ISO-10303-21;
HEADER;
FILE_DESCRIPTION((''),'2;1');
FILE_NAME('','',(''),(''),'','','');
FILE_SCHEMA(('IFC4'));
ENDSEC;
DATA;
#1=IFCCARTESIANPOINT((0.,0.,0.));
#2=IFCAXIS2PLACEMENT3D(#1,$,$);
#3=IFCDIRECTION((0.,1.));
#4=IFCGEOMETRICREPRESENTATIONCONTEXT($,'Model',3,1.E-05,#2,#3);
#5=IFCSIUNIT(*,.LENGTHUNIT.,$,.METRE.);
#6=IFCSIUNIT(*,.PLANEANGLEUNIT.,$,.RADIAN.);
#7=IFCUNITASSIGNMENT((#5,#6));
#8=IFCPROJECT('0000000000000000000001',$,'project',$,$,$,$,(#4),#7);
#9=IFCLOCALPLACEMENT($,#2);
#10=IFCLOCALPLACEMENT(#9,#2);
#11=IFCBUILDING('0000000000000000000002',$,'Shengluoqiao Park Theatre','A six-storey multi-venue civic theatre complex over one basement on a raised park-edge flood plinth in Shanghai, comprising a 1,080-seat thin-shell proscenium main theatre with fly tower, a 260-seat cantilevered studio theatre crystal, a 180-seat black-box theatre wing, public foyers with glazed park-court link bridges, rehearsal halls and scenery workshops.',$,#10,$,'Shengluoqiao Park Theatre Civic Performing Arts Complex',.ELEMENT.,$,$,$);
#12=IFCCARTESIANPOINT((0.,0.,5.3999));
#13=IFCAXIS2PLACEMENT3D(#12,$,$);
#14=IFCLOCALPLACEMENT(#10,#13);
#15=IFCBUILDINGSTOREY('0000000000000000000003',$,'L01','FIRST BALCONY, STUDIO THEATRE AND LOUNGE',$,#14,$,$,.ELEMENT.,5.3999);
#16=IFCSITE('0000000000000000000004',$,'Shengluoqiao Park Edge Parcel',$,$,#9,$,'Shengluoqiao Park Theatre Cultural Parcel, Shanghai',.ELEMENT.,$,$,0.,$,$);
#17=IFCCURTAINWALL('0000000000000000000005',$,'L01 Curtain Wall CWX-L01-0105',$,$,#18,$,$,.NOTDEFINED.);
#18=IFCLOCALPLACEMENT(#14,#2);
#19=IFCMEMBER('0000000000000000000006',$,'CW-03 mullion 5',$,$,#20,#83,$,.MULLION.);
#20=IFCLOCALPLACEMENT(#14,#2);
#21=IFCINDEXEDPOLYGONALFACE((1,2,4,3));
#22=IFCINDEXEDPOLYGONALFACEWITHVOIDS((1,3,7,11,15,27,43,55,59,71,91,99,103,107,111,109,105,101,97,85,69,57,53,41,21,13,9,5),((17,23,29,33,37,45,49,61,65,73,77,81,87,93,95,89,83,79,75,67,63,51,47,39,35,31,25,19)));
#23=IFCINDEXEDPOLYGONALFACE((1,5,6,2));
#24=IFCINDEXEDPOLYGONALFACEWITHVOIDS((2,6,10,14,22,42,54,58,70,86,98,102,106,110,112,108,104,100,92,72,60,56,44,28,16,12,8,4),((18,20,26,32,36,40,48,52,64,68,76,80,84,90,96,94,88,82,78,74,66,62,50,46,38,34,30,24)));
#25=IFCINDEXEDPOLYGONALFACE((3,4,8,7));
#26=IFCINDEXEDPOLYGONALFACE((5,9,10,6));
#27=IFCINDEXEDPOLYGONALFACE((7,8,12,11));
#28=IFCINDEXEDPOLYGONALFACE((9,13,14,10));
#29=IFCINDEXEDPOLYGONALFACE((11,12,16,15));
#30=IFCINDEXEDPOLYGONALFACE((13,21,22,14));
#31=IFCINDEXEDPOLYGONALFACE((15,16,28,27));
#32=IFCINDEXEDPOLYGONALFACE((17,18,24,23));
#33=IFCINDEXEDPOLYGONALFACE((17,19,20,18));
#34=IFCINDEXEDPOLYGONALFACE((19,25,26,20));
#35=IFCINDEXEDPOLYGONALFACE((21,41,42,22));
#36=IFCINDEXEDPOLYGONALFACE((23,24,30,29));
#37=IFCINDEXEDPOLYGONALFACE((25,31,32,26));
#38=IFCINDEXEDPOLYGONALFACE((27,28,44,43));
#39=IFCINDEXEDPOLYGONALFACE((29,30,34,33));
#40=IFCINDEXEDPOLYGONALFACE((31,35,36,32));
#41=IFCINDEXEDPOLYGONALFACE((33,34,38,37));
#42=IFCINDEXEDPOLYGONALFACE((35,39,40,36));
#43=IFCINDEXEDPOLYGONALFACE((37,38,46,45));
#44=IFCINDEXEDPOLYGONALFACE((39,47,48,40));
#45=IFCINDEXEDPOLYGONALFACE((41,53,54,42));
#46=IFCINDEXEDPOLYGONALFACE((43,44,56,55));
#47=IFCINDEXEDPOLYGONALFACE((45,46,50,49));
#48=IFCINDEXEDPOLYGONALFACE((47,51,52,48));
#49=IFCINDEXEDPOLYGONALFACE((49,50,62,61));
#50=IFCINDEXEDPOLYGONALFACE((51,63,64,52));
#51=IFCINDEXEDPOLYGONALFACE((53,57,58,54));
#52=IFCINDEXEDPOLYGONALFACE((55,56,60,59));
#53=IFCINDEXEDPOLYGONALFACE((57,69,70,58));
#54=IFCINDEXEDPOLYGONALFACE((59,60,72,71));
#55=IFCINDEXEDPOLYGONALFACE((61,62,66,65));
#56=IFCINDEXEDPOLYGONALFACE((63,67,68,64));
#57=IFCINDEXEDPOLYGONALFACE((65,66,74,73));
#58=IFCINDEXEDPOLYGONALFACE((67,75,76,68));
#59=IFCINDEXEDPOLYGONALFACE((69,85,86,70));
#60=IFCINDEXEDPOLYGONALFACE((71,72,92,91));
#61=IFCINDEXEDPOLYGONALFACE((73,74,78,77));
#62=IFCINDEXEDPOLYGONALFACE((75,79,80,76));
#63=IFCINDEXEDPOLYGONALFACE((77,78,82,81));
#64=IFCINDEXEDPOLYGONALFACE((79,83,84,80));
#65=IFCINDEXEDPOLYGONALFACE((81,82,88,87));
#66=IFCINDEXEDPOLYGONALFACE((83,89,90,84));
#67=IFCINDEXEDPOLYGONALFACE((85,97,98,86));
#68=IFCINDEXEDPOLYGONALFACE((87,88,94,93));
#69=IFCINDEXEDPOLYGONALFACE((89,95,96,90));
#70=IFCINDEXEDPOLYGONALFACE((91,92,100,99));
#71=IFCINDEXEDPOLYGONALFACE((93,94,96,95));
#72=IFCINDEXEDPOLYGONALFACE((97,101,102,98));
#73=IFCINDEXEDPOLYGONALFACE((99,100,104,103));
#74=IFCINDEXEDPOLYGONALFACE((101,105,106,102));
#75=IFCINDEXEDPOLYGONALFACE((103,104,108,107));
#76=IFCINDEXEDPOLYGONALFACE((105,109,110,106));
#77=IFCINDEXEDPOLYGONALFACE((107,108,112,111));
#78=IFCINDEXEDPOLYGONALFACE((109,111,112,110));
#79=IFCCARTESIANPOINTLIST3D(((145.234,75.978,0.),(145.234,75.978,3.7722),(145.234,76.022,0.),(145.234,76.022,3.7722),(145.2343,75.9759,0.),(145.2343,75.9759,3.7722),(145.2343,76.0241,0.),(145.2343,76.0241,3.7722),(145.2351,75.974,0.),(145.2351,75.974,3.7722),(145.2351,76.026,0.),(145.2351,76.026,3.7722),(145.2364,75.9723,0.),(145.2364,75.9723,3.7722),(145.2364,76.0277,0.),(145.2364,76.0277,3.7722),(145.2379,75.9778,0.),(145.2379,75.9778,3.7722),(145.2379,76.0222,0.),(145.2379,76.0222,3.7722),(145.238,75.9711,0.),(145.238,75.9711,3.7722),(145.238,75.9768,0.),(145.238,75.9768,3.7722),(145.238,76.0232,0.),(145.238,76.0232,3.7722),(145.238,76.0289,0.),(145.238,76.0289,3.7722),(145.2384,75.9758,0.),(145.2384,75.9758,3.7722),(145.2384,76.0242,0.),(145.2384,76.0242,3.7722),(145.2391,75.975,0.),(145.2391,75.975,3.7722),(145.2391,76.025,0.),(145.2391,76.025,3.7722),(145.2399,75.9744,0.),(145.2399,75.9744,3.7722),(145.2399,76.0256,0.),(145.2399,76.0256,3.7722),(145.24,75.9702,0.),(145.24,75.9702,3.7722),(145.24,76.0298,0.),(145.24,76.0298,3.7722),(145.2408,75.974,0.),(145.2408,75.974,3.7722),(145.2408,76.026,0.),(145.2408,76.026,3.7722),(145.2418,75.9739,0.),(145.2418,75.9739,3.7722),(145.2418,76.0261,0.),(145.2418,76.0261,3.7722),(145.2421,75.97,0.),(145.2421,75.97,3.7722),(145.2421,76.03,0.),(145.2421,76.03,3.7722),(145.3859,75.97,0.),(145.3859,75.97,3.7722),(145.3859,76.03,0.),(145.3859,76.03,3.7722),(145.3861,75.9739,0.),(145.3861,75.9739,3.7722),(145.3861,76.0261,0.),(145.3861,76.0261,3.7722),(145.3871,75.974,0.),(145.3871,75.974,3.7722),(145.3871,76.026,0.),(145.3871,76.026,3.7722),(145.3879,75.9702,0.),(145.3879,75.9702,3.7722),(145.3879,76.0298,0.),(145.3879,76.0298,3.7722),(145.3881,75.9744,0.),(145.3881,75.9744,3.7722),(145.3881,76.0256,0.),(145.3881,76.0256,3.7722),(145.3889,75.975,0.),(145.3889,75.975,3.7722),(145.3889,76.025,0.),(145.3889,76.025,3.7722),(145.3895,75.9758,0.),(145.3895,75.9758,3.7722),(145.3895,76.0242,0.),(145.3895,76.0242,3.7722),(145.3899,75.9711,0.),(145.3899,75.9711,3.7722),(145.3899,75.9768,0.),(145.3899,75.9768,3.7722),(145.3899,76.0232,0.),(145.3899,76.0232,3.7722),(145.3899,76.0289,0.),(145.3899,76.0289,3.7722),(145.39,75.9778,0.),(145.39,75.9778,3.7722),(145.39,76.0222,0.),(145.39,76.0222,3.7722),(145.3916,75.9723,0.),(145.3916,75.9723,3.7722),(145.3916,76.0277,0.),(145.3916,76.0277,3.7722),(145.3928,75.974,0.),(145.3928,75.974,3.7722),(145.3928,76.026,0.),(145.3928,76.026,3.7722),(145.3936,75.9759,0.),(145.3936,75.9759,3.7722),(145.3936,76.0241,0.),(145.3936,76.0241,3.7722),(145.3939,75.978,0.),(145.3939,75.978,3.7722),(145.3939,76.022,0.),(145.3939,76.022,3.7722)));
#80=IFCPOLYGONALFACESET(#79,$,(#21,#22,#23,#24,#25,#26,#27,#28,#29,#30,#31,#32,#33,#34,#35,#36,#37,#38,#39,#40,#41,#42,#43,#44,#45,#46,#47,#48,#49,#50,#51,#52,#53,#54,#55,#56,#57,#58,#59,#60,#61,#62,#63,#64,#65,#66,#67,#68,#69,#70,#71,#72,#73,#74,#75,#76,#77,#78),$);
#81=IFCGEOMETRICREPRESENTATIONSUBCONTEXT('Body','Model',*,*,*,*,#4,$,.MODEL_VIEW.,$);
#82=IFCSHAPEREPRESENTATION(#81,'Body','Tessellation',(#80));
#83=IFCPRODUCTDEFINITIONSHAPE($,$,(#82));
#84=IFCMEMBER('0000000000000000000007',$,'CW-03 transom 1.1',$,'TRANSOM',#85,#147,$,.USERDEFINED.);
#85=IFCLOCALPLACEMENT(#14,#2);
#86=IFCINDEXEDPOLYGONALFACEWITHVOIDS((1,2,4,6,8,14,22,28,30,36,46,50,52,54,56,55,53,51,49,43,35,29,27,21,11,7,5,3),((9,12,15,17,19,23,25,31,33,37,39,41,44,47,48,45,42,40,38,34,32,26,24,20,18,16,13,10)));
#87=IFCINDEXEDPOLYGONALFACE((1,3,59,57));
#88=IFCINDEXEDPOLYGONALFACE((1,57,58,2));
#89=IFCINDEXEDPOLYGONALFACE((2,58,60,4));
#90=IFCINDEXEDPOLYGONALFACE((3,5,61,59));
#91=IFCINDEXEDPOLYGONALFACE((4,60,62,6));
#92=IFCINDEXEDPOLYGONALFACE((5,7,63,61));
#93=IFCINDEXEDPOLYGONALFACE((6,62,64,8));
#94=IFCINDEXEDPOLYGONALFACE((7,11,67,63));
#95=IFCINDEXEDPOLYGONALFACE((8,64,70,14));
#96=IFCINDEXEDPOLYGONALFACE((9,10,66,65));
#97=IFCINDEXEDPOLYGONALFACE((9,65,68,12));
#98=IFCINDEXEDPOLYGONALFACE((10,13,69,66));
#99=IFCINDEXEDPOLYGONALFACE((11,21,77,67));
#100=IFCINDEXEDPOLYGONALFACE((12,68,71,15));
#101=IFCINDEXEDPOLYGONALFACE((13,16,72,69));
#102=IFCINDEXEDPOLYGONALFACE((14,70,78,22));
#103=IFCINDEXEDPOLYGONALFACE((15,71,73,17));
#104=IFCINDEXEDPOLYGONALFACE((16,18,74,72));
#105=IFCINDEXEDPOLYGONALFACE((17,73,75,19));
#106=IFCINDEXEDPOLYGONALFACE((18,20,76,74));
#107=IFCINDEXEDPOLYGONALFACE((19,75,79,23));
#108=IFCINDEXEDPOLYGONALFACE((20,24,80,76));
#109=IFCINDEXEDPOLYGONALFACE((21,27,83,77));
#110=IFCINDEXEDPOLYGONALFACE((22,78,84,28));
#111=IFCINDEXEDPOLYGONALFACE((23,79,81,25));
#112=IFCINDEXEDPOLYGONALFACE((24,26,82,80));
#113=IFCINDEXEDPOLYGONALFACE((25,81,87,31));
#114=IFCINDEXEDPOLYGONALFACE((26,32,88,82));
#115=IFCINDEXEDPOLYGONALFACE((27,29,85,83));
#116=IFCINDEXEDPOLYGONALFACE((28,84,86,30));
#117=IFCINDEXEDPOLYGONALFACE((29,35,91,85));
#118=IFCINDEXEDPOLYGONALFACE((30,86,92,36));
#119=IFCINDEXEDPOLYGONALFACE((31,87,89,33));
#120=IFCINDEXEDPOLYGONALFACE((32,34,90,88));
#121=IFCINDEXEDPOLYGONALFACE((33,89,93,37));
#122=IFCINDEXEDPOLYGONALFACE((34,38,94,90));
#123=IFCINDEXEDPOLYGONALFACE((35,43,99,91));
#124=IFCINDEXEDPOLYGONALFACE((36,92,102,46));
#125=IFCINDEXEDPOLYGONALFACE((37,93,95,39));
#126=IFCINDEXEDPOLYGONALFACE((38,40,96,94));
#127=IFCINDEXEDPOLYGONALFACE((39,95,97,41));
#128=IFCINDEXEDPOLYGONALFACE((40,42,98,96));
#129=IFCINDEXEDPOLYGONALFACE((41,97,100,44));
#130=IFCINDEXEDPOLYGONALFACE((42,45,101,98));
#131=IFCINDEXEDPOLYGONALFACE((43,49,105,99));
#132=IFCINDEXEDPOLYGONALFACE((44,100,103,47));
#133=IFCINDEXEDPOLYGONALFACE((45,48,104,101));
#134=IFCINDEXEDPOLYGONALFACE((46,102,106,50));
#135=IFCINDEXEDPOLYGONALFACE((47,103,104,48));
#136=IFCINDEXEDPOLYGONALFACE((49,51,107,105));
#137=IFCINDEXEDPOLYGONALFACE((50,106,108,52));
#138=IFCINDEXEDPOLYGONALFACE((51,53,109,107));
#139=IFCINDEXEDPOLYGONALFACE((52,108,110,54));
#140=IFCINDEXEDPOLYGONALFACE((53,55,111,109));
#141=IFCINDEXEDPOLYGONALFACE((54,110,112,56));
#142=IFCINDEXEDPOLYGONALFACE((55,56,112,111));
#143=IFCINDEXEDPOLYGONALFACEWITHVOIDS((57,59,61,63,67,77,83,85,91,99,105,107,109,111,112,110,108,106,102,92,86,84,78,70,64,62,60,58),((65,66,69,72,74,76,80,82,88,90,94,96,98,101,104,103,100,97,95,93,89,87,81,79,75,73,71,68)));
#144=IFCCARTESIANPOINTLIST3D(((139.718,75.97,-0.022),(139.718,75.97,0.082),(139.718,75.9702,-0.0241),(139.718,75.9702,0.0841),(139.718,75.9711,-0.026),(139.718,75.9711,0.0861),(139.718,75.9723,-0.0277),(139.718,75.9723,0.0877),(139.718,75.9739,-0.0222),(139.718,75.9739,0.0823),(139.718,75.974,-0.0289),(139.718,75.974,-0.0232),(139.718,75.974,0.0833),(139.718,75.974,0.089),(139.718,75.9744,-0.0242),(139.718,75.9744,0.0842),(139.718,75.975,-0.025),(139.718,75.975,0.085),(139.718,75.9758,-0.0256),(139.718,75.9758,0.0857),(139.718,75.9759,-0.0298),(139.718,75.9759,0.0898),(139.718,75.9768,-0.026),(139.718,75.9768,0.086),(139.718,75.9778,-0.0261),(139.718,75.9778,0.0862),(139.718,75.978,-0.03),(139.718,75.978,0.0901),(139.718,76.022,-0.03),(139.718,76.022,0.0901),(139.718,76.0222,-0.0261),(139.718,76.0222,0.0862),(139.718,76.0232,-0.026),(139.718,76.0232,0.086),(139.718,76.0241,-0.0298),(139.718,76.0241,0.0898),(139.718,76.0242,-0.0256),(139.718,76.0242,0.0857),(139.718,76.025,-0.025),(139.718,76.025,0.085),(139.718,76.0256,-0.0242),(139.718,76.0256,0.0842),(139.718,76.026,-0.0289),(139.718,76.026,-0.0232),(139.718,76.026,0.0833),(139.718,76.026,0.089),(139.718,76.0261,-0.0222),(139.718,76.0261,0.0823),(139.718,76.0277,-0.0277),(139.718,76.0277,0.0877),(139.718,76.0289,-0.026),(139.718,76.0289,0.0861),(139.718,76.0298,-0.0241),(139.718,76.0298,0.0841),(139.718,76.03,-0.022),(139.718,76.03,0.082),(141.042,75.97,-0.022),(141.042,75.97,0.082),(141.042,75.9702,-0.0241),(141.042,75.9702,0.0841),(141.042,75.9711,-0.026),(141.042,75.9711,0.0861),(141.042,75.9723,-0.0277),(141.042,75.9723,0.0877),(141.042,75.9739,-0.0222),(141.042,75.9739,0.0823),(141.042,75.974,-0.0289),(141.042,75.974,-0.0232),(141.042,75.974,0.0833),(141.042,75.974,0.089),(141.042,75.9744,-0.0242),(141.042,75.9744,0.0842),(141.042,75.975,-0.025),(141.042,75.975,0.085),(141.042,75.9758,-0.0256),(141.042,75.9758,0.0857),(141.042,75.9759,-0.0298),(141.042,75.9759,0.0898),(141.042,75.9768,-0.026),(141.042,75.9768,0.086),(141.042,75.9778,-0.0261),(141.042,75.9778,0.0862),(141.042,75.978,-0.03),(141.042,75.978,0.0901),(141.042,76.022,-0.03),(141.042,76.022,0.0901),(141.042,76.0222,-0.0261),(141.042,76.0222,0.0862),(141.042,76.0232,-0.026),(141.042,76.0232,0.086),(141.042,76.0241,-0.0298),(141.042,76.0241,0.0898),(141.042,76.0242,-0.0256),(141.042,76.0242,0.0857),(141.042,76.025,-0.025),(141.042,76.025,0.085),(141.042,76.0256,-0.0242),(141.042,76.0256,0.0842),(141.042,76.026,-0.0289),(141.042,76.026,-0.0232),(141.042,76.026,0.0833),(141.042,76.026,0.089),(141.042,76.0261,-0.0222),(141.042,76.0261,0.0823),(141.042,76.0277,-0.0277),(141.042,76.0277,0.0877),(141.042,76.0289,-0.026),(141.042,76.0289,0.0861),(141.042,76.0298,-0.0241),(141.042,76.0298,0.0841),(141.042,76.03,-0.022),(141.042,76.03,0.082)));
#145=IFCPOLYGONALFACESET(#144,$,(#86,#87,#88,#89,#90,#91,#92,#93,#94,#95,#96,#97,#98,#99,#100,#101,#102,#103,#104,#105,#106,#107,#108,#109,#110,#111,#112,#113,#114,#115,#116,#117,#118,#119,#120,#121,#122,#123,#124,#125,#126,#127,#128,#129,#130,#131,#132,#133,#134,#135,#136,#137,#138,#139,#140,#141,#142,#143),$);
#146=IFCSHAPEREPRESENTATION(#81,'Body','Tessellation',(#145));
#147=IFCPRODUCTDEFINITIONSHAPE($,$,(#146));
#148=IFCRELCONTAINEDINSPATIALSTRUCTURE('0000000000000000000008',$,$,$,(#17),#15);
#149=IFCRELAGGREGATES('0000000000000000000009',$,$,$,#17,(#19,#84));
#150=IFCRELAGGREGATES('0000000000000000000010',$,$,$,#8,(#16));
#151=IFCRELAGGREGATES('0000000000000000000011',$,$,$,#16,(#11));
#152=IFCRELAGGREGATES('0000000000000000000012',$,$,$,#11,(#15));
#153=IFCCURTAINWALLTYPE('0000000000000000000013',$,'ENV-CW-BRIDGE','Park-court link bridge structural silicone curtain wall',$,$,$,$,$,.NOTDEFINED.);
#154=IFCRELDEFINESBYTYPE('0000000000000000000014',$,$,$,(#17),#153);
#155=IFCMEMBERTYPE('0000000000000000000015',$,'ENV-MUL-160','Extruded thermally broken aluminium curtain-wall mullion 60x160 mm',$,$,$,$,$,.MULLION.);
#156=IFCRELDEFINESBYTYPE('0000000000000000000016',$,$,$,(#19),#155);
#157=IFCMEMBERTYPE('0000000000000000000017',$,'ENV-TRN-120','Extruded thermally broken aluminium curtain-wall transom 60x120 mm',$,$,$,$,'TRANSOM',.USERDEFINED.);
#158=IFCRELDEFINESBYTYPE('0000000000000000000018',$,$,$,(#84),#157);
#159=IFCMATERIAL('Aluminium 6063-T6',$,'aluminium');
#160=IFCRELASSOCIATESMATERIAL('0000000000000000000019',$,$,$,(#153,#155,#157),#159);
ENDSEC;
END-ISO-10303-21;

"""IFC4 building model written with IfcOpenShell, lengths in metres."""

from ifc_helpers import new_model, si_unit, direction, frame, origin, origin_2d, place, context, subcontext, project, spatial, hollow_rectangle, extrude, material, material_profile, profile_set, type_object, element, aggregate, save


model = new_model("IFC4")

# Units and contexts
model_context = context("Model", 3, precision=1e-05, world=origin(), true_north=direction((0.0, 1.0)))
body_context = subcontext(model_context, "Body", "Model", "MODEL_VIEW")
ifc_project = project(units=[si_unit("LENGTHUNIT", "METRE"), si_unit("PLANEANGLEUNIT", "RADIAN")], contexts=[model_context])

# Site, building, storey
site_placement = place(None, origin())
site = spatial("IfcSite", under=ifc_project, at=site_placement, Name="Shengluoqiao Park Edge Parcel", LongName="Shengluoqiao Park Theatre Cultural Parcel, Shanghai", CompositionType="ELEMENT", RefElevation=0.0)
building_placement = place(site_placement, origin())
building = spatial("IfcBuilding", under=site, at=building_placement, Name="Shengluoqiao Park Theatre", Description="A six-storey multi-venue civic theatre complex over one basement on a raised park-edge flood plinth in Shanghai, comprising a 1,080-seat thin-shell proscenium main theatre with fly tower, a 260-seat cantilevered studio theatre crystal, a 180-seat black-box theatre wing, public foyers with glazed park-court link bridges, rehearsal halls and scenery workshops.", LongName="Shengluoqiao Park Theatre Civic Performing Arts Complex", CompositionType="ELEMENT")
storey_placement = place(building_placement, frame((0.0, 0.0, 5.3999)))
storey = spatial("IfcBuildingStorey", under=building, at=storey_placement, Name="L01", Description="FIRST BALCONY, STUDIO THEATRE AND LOUNGE", CompositionType="ELEMENT", Elevation=5.3999)

# Curtain wall, members
ifc_material_1 = material(Name="Aluminium 6063-T6", Category="aluminium")
curtain_wall_type = type_object("IfcCurtainWallType", Name="ENV-CW-BRIDGE", Description="Park-court link bridge structural silicone curtain wall", PredefinedType="NOTDEFINED", material=ifc_material_1)
curtain_wall_placement = place(storey_placement, origin())
curtain_wall = element("IfcCurtainWall", 1, at=curtain_wall_placement, inside=storey, type_object=curtain_wall_type, Name="L01 Curtain Wall CWX-L01-0105", PredefinedType="NOTDEFINED")
ifc_material_profile_1 = material_profile(ifc_material_1, hollow_rectangle(XDim=0.0601, YDim=0.1599, WallThickness=0.0039, InnerFilletRadius=0.0039, OuterFilletRadius=0.0081, at=origin_2d()), Name="ALU MULLION 160x60x4")
ifc_profile_set_1 = profile_set([ifc_material_profile_1], Name="Aluminium 6063-T6")
member_type_1 = type_object("IfcMemberType", Name="ENV-MUL-160", Description="Extruded thermally broken aluminium curtain-wall mullion 60x160 mm", PredefinedType="MULLION", material=ifc_profile_set_1)
member_1_placement = place(storey_placement, frame((145.314, 76.0, 0.0), z_axis=(0.0, 0.0, 1.0), x_axis=(0.0, 1.0, 0.0)))
member_1 = element("IfcMember", 2, at=member_1_placement, type_object=member_type_1, Name="CW-03 mullion 5", PredefinedType="MULLION", context=body_context, shape_type="SweptSolid", body=[
    extrude(hollow_rectangle(XDim=0.0601, YDim=0.1599, WallThickness=0.0039, InnerFilletRadius=0.0039, OuterFilletRadius=0.0081, at=origin_2d()), origin(), (0.0, 0.0, 1.0), 3.7722),
])
ifc_material_profile_2 = material_profile(ifc_material_1, hollow_rectangle(XDim=0.0601, YDim=0.1201, WallThickness=0.0039, InnerFilletRadius=0.0039, OuterFilletRadius=0.0081, at=origin_2d()), Name="ALU TRANSOM 120x60x4")
ifc_profile_set_2 = profile_set([ifc_material_profile_2], Name="Aluminium 6063-T6")
member_type_2 = type_object("IfcMemberType", Name="ENV-TRN-120", Description="Extruded thermally broken aluminium curtain-wall transom 60x120 mm", ElementType="TRANSOM", PredefinedType="USERDEFINED", material=ifc_profile_set_2)
member_2_placement = place(storey_placement, frame((139.718, 76.0, 0.03), z_axis=(1.0, 0.0, 0.0), x_axis=(0.0, 1.0, 0.0)))
member_2 = element("IfcMember", 3, at=member_2_placement, type_object=member_type_2, Name="CW-03 transom 1.1", ObjectType="TRANSOM", PredefinedType="USERDEFINED", context=body_context, shape_type="SweptSolid", body=[
    extrude(hollow_rectangle(XDim=0.0601, YDim=0.1201, WallThickness=0.0039, InnerFilletRadius=0.0039, OuterFilletRadius=0.0081, at=origin_2d()), origin(), (0.0, 0.0, 1.0), 1.324),
])

aggregate(curtain_wall, [member_1, member_2])

save(model, "model.ifc")
